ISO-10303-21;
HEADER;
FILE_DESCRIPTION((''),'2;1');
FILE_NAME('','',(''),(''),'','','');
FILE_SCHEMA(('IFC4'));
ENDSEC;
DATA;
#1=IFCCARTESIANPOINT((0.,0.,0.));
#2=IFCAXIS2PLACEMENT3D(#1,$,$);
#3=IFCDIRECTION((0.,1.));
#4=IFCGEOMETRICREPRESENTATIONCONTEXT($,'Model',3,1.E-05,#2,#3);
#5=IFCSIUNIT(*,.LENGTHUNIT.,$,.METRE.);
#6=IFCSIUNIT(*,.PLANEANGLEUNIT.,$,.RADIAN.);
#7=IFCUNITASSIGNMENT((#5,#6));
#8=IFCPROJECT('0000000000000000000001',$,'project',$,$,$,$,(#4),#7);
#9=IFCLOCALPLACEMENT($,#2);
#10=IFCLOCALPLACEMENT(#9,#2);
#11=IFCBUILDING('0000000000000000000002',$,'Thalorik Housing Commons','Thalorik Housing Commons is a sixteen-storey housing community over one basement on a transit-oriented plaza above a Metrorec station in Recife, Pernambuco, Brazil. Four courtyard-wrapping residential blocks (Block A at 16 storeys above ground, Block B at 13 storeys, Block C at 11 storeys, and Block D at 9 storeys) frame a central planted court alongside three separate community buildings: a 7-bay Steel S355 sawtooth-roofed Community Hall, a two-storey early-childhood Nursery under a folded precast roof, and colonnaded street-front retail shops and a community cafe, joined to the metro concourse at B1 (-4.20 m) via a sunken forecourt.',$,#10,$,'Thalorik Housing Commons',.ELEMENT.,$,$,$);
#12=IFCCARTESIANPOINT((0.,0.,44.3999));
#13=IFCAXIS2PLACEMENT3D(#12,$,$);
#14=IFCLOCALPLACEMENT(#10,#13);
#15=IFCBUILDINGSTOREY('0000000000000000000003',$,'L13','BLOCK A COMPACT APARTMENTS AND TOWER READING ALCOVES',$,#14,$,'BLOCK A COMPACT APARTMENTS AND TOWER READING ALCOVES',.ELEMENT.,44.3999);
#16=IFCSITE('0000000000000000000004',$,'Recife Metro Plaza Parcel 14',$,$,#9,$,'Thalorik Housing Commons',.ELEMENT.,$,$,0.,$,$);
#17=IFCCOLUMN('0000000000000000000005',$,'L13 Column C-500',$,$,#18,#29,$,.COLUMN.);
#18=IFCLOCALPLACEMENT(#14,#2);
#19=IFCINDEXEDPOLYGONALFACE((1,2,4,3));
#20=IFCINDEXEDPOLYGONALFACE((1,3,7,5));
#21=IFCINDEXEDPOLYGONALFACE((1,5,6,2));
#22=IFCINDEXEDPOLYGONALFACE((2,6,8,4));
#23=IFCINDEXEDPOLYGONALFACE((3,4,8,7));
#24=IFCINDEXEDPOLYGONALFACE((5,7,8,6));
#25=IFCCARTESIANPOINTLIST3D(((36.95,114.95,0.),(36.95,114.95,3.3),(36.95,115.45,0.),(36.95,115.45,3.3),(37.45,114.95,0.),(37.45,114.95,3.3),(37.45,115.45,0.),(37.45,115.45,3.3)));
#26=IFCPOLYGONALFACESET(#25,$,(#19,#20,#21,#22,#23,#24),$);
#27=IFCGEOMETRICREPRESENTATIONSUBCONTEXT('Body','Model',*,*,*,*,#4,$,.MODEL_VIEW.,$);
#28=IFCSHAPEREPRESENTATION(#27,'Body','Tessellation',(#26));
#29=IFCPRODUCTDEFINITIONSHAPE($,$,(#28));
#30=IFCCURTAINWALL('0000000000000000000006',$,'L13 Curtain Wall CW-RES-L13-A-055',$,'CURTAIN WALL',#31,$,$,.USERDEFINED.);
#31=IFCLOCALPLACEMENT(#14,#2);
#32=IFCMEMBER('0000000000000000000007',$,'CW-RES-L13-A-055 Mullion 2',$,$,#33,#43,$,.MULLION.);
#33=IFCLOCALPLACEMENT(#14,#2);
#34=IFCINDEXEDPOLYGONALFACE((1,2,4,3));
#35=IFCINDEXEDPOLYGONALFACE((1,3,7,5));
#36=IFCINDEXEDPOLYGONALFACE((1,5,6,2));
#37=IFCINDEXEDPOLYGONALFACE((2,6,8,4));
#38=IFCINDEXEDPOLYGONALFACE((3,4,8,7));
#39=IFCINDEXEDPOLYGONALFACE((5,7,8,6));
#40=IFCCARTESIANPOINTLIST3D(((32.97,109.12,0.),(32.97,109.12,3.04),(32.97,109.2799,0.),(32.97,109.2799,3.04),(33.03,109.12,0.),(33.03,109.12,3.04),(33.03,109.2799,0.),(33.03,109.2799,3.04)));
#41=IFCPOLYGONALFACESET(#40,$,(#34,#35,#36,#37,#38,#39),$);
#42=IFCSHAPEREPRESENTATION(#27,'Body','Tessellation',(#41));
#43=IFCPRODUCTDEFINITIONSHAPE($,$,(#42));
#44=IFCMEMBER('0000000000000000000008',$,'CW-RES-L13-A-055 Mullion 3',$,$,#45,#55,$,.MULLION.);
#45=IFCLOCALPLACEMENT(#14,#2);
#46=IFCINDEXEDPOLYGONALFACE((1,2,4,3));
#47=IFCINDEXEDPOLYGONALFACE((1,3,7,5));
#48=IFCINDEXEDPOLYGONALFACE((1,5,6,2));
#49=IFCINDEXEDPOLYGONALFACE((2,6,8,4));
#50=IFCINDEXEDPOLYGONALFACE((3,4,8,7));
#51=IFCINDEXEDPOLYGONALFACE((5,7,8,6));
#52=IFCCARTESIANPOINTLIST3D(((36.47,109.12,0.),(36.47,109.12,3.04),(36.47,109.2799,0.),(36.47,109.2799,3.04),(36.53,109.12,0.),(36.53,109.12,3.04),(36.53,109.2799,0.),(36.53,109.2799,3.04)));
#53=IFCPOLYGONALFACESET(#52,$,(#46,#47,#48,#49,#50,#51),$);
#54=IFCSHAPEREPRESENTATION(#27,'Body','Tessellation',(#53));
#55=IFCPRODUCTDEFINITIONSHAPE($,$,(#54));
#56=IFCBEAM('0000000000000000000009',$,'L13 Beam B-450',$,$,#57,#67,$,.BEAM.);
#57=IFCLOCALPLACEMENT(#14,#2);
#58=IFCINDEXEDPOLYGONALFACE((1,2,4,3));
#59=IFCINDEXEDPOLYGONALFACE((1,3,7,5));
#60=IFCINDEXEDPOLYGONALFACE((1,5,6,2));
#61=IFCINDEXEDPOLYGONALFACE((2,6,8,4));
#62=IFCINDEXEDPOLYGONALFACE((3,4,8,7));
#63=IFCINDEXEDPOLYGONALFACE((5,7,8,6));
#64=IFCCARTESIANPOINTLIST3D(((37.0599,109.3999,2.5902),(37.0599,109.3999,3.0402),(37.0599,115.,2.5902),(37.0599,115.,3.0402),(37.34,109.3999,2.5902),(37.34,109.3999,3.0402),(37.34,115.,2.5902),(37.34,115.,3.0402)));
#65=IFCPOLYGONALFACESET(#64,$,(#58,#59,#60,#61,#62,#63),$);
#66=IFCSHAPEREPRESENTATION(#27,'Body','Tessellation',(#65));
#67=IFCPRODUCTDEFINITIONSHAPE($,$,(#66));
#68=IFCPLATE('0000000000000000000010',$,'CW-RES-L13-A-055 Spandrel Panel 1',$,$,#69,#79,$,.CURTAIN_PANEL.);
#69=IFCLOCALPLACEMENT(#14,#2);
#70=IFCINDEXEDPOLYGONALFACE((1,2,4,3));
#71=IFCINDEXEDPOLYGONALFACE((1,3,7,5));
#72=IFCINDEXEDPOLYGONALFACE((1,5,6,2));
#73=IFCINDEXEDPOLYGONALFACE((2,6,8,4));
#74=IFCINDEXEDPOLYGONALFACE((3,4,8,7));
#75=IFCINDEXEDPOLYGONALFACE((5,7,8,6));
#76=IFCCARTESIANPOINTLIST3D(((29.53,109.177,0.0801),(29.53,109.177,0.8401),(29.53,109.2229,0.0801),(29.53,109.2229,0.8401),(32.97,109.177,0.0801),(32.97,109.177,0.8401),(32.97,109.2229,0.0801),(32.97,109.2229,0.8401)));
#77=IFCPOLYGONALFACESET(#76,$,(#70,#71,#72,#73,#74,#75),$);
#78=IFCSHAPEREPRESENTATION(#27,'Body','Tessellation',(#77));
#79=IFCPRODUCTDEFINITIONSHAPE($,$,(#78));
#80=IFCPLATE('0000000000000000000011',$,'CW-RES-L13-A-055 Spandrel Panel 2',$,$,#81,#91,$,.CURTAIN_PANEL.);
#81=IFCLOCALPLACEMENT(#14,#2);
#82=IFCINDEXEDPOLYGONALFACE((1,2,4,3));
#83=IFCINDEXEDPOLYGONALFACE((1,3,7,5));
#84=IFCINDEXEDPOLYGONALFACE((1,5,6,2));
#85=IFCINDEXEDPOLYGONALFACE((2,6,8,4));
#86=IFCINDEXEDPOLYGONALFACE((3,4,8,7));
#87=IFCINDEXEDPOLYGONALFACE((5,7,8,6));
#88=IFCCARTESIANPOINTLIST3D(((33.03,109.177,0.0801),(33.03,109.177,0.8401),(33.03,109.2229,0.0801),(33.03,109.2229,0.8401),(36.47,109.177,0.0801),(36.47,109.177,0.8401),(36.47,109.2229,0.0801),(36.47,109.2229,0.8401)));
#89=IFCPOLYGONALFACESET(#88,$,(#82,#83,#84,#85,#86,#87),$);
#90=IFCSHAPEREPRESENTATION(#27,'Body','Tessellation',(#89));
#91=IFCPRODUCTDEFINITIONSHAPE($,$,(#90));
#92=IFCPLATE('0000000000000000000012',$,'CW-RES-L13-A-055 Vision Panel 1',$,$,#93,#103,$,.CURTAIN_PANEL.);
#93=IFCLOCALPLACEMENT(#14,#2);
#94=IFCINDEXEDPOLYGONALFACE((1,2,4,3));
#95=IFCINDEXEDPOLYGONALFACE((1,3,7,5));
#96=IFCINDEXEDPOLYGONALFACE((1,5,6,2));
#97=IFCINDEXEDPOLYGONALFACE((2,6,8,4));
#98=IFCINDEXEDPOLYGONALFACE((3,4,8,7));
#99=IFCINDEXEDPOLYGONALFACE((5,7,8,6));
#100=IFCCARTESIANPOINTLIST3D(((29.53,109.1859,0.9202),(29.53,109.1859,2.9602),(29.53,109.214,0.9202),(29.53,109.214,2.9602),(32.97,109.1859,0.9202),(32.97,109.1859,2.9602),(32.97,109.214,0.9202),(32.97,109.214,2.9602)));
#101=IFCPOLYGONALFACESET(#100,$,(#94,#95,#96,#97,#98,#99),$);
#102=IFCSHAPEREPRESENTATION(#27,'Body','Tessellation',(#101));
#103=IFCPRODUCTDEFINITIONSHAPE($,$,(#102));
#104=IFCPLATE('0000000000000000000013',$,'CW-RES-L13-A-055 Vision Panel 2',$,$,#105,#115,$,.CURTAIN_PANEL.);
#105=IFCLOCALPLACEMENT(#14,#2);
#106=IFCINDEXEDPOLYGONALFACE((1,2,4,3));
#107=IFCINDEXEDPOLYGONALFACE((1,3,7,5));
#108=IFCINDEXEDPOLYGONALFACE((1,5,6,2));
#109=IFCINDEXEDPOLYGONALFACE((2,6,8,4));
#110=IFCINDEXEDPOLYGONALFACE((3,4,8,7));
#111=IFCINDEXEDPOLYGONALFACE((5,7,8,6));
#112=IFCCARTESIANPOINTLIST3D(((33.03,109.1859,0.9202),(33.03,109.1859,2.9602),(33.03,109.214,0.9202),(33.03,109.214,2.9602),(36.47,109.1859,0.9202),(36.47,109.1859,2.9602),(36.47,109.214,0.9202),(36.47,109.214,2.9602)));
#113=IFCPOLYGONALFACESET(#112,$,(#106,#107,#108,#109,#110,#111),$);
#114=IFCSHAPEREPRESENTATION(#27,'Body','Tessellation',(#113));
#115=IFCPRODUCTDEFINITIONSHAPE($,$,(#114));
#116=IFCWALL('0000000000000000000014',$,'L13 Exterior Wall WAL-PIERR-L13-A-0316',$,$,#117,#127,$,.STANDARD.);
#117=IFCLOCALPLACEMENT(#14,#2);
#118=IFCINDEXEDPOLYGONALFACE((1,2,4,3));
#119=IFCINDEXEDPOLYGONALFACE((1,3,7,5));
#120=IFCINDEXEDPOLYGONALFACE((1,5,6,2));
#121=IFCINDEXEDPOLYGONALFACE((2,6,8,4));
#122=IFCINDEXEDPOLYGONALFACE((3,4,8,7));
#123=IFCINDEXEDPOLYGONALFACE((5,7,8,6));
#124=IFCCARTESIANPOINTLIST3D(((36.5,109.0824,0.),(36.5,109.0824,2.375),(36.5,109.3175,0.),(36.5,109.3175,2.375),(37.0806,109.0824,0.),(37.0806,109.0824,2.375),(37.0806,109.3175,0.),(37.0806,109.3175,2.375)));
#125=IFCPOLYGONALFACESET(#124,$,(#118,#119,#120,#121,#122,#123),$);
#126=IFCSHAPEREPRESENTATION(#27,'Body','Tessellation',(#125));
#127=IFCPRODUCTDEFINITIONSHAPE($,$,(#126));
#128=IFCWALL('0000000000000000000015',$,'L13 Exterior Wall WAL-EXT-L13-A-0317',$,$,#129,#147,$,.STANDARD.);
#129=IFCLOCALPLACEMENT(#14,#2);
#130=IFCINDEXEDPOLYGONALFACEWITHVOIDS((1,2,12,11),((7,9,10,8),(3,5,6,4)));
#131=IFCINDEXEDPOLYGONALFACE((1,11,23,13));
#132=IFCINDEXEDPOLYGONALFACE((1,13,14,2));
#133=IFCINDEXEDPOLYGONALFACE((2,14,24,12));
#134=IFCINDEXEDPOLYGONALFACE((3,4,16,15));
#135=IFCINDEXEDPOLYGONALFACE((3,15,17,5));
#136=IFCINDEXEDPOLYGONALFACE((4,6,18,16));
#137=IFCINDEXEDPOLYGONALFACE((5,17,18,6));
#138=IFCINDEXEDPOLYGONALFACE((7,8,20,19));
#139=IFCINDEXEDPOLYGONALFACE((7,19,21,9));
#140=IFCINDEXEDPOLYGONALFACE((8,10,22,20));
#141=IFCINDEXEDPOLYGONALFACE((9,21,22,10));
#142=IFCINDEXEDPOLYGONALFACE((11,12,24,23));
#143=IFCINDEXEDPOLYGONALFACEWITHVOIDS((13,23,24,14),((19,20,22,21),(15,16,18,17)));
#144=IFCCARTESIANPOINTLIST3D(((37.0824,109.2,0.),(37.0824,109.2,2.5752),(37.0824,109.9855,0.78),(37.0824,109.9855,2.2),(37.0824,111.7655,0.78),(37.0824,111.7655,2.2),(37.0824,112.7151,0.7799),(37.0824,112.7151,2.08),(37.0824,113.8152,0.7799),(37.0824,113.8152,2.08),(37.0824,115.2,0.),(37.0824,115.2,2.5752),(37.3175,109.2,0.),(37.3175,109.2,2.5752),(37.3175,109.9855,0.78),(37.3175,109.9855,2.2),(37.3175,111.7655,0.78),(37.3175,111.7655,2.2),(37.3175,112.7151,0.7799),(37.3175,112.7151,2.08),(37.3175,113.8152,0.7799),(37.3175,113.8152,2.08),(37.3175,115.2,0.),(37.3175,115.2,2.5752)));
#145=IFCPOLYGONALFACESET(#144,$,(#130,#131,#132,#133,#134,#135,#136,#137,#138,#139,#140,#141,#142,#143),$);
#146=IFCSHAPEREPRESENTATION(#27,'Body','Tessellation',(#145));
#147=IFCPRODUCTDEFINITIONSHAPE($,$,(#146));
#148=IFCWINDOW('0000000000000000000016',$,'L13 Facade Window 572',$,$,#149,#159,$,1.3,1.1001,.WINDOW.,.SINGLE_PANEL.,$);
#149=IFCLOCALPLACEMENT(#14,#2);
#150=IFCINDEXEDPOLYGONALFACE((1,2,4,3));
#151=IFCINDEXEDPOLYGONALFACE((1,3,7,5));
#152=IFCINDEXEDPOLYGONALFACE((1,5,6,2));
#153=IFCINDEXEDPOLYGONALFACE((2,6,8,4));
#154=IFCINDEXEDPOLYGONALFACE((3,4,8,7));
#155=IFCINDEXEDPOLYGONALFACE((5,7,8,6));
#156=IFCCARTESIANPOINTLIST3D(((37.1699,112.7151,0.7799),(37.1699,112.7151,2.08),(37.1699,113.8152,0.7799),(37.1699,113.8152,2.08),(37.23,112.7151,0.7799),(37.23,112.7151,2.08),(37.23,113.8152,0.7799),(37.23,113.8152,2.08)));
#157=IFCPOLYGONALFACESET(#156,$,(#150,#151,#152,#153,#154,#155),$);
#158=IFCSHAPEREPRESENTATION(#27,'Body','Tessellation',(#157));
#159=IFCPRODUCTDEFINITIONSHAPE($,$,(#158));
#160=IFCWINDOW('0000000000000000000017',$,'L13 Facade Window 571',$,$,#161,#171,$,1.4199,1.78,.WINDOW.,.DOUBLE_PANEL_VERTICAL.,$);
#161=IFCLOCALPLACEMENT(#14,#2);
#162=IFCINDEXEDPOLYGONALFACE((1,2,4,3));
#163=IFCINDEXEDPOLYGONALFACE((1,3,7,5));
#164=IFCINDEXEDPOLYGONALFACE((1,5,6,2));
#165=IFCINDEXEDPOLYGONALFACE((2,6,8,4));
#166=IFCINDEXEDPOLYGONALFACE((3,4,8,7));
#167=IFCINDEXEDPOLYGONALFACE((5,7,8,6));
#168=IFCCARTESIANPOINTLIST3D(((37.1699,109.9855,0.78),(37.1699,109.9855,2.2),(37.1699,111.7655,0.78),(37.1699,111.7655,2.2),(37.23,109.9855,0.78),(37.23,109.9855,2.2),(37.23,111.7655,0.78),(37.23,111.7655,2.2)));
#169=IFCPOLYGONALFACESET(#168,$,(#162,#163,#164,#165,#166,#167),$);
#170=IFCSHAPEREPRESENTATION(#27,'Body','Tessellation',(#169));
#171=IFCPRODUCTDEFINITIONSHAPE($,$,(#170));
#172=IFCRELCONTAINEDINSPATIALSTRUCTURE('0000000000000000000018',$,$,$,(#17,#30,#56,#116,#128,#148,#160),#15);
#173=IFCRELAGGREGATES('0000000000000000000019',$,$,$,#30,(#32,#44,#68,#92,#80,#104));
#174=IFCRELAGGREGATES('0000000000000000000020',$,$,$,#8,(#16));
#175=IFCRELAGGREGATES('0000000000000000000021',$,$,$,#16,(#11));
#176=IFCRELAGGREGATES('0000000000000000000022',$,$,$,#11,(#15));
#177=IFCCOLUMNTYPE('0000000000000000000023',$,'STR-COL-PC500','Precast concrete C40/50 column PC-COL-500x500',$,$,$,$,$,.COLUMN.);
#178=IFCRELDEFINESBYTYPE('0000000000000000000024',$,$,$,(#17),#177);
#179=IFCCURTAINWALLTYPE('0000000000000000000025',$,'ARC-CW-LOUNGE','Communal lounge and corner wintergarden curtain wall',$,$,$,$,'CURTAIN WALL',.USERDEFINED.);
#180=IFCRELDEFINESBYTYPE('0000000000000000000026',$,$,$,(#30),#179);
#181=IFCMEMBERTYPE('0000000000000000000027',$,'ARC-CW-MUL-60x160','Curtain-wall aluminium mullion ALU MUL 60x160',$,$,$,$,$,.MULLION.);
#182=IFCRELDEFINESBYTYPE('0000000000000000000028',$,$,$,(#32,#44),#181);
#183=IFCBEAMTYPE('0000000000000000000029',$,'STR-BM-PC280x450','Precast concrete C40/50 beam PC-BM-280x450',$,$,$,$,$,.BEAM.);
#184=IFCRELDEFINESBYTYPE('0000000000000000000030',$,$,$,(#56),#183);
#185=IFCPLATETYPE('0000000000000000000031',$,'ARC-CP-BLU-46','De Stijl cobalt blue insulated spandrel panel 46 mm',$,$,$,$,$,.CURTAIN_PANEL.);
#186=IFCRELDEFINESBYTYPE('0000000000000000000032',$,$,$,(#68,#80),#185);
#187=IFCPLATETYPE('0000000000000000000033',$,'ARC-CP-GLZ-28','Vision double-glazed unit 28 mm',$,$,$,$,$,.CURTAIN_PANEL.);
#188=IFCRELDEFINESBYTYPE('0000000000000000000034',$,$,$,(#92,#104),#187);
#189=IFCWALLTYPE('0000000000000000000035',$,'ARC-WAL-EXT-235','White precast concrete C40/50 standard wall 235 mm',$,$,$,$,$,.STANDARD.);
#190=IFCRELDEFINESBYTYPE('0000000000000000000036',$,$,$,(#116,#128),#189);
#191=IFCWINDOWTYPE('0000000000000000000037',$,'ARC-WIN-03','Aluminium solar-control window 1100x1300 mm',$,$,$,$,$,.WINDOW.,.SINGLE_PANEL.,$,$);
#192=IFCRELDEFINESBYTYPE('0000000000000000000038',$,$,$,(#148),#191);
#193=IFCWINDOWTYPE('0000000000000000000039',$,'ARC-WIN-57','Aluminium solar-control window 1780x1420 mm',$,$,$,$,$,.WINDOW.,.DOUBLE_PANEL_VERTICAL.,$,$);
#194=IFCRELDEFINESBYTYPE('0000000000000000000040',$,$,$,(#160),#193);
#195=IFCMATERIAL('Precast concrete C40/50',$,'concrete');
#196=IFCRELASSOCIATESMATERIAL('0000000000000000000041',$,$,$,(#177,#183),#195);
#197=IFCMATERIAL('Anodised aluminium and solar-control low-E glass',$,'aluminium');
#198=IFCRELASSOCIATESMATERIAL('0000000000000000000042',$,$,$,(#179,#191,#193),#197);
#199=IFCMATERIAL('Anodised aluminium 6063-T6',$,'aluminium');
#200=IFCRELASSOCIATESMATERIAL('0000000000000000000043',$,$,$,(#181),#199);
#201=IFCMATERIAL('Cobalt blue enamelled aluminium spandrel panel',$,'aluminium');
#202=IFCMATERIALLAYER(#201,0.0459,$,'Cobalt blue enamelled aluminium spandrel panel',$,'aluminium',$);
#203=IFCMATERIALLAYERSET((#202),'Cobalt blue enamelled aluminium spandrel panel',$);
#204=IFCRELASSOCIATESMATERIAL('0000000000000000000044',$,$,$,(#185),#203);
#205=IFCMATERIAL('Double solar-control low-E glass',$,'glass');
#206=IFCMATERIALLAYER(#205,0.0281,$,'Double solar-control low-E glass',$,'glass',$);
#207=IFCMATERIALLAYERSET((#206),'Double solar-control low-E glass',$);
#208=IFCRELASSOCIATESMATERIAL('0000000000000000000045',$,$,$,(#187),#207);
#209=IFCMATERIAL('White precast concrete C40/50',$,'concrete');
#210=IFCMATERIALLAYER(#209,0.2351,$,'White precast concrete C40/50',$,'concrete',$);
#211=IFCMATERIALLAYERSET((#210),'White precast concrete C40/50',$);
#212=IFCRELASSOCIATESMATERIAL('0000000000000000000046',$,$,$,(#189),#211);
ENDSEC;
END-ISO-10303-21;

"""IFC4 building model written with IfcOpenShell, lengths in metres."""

from ifc_helpers import new_model, si_unit, direction, frame, frame_2d, origin, origin_2d, place, context, subcontext, project, spatial, rectangle, extrude, material, layer, layer_set, material_profile, profile_set, type_object, element, fill, aggregate, save


model = new_model("IFC4")

# Units and contexts
model_context = context("Model", 3, precision=1e-05, world=origin(), true_north=direction((0.0, 1.0)))
body_context = subcontext(model_context, "Body", "Model", "MODEL_VIEW")
ifc_project = project(units=[si_unit("LENGTHUNIT", "METRE"), si_unit("PLANEANGLEUNIT", "RADIAN")], contexts=[model_context])

# Site, building, storey
site_placement = place(None, origin())
site = spatial("IfcSite", under=ifc_project, at=site_placement, Name="Recife Metro Plaza Parcel 14", LongName="Thalorik Housing Commons", CompositionType="ELEMENT", RefElevation=0.0)
building_placement = place(site_placement, origin())
building = spatial("IfcBuilding", under=site, at=building_placement, Name="Thalorik Housing Commons", Description="Thalorik Housing Commons is a sixteen-storey housing community over one basement on a transit-oriented plaza above a Metrorec station in Recife, Pernambuco, Brazil. Four courtyard-wrapping residential blocks (Block A at 16 storeys above ground, Block B at 13 storeys, Block C at 11 storeys, and Block D at 9 storeys) frame a central planted court alongside three separate community buildings: a 7-bay Steel S355 sawtooth-roofed Community Hall, a two-storey early-childhood Nursery under a folded precast roof, and colonnaded street-front retail shops and a community cafe, joined to the metro concourse at B1 (-4.20 m) via a sunken forecourt.", LongName="Thalorik Housing Commons", CompositionType="ELEMENT")
storey_placement = place(building_placement, frame((0.0, 0.0, 44.3999)))
storey = spatial("IfcBuildingStorey", under=building, at=storey_placement, Name="L13", Description="BLOCK A COMPACT APARTMENTS AND TOWER READING ALCOVES", LongName="BLOCK A COMPACT APARTMENTS AND TOWER READING ALCOVES", CompositionType="ELEMENT", Elevation=44.3999)

# Column
ifc_material_1 = material(Name="Precast concrete C40/50", Category="concrete")
ifc_material_profile_1 = material_profile(ifc_material_1, rectangle(XDim=0.5, YDim=0.5, at=origin_2d()), Name="PC 500x500", Category="concrete")
ifc_profile_set_1 = profile_set([ifc_material_profile_1], Name="Precast concrete C40/50")
column_type = type_object("IfcColumnType", Name="STR-COL-PC500", Description="Precast concrete C40/50 column PC-COL-500x500", PredefinedType="COLUMN", material=ifc_profile_set_1)
column_placement = place(storey_placement, frame((37.2, 115.2, 0.0), z_axis=(0.0, 0.0, 1.0), x_axis=(1.0, 0.0, 0.0)))
element("IfcColumn", 1, at=column_placement, inside=storey, type_object=column_type, Name="L13 Column C-500", PredefinedType="COLUMN", context=body_context, shape_type="SweptSolid", body=[
    extrude(rectangle(XDim=0.5, YDim=0.5, at=origin_2d()), origin(), (0.0, 0.0, 1.0), 3.3),
])

# Curtain wall, members
ifc_material_2 = material(Name="Anodised aluminium and solar-control low-E glass", Category="aluminium")
curtain_wall_type = type_object("IfcCurtainWallType", Name="ARC-CW-LOUNGE", Description="Communal lounge and corner wintergarden curtain wall", ElementType="CURTAIN WALL", PredefinedType="USERDEFINED", material=ifc_material_2)
curtain_wall_placement = place(storey_placement, origin())
curtain_wall = element("IfcCurtainWall", 2, at=curtain_wall_placement, inside=storey, type_object=curtain_wall_type, Name="L13 Curtain Wall CW-RES-L13-A-055", ObjectType="CURTAIN WALL", PredefinedType="USERDEFINED")
ifc_material_3 = material(Name="Anodised aluminium 6063-T6", Category="aluminium")
ifc_material_profile_2 = material_profile(ifc_material_3, rectangle(XDim=0.0601, YDim=0.1599, at=origin_2d()), Name="ALU MUL 60x160", Category="aluminium")
ifc_profile_set_2 = profile_set([ifc_material_profile_2], Name="Anodised aluminium 6063-T6")
member_type = type_object("IfcMemberType", Name="ARC-CW-MUL-60x160", Description="Curtain-wall aluminium mullion ALU MUL 60x160", PredefinedType="MULLION", material=ifc_profile_set_2)
member_1_placement = place(storey_placement, frame((33.0, 109.2, 0.0), z_axis=(0.0, 0.0, 1.0), x_axis=(1.0, 0.0, 0.0)))
member_1 = element("IfcMember", 3, at=member_1_placement, type_object=member_type, Name="CW-RES-L13-A-055 Mullion 2", PredefinedType="MULLION", context=body_context, shape_type="SweptSolid", body=[
    extrude(rectangle(XDim=0.0601, YDim=0.1599, at=origin_2d()), origin(), (0.0, 0.0, 1.0), 3.04),
])
member_2_placement = place(storey_placement, frame((36.5, 109.2, 0.0), z_axis=(0.0, 0.0, 1.0), x_axis=(1.0, 0.0, 0.0)))
member_2 = element("IfcMember", 4, at=member_2_placement, type_object=member_type, Name="CW-RES-L13-A-055 Mullion 3", PredefinedType="MULLION", context=body_context, shape_type="SweptSolid", body=[
    extrude(rectangle(XDim=0.0601, YDim=0.1599, at=origin_2d()), origin(), (0.0, 0.0, 1.0), 3.04),
])

# Beam
ifc_material_profile_3 = material_profile(ifc_material_1, rectangle(XDim=0.28, YDim=0.45, at=origin_2d()), Name="PC 280x450", Category="concrete")
ifc_profile_set_3 = profile_set([ifc_material_profile_3], Name="Precast concrete C40/50")
beam_type = type_object("IfcBeamType", Name="STR-BM-PC280x450", Description="Precast concrete C40/50 beam PC-BM-280x450", PredefinedType="BEAM", material=ifc_profile_set_3)
beam_placement = place(storey_placement, frame((37.2, 109.3999, 2.8152), z_axis=(0.0, 1.0, 0.0), x_axis=(-1.0, 0.0, 0.0)))
element("IfcBeam", 5, at=beam_placement, inside=storey, type_object=beam_type, Name="L13 Beam B-450", PredefinedType="BEAM", context=body_context, shape_type="SweptSolid", body=[
    extrude(rectangle(XDim=0.28, YDim=0.45, at=origin_2d()), origin(), (0.0, 0.0, 1.0), 5.6001),
])

# Plates
ifc_material_4 = material(Name="Cobalt blue enamelled aluminium spandrel panel", Category="aluminium")
ifc_layer_1 = layer(ifc_material_4, 0.0459, Name="Cobalt blue enamelled aluminium spandrel panel", Category="aluminium")
ifc_layer_set_1 = layer_set([ifc_layer_1], Name="Cobalt blue enamelled aluminium spandrel panel")
plate_type_1 = type_object("IfcPlateType", Name="ARC-CP-BLU-46", Description="De Stijl cobalt blue insulated spandrel panel 46 mm", PredefinedType="CURTAIN_PANEL", material=ifc_layer_set_1)
plate_1_placement = place(storey_placement, frame((31.25, 109.2, 0.0801), z_axis=(0.0, 0.0, 1.0), x_axis=(1.0, 0.0, 0.0)))
plate_1 = element("IfcPlate", 6, at=plate_1_placement, type_object=plate_type_1, Name="CW-RES-L13-A-055 Spandrel Panel 1", PredefinedType="CURTAIN_PANEL", context=body_context, shape_type="SweptSolid", body=[
    extrude(rectangle(XDim=3.4399, YDim=0.0459, at=origin_2d()), origin(), (0.0, 0.0, 1.0), 0.76),
])
plate_2_placement = place(storey_placement, frame((34.75, 109.2, 0.0801), z_axis=(0.0, 0.0, 1.0), x_axis=(1.0, 0.0, 0.0)))
plate_2 = element("IfcPlate", 7, at=plate_2_placement, type_object=plate_type_1, Name="CW-RES-L13-A-055 Spandrel Panel 2", PredefinedType="CURTAIN_PANEL", context=body_context, shape_type="SweptSolid", body=[
    extrude(rectangle(XDim=3.4399, YDim=0.0459, at=origin_2d()), origin(), (0.0, 0.0, 1.0), 0.76),
])
ifc_material_5 = material(Name="Double solar-control low-E glass", Category="glass")
ifc_layer_2 = layer(ifc_material_5, 0.0281, Name="Double solar-control low-E glass", Category="glass")
ifc_layer_set_2 = layer_set([ifc_layer_2], Name="Double solar-control low-E glass")
plate_type_2 = type_object("IfcPlateType", Name="ARC-CP-GLZ-28", Description="Vision double-glazed unit 28 mm", PredefinedType="CURTAIN_PANEL", material=ifc_layer_set_2)
plate_3_placement = place(storey_placement, frame((31.25, 109.2, 0.9202), z_axis=(0.0, 0.0, 1.0), x_axis=(1.0, 0.0, 0.0)))
plate_3 = element("IfcPlate", 8, at=plate_3_placement, type_object=plate_type_2, Name="CW-RES-L13-A-055 Vision Panel 1", PredefinedType="CURTAIN_PANEL", context=body_context, shape_type="SweptSolid", body=[
    extrude(rectangle(XDim=3.4399, YDim=0.0281, at=origin_2d()), origin(), (0.0, 0.0, 1.0), 2.04),
])
plate_4_placement = place(storey_placement, frame((34.75, 109.2, 0.9202), z_axis=(0.0, 0.0, 1.0), x_axis=(1.0, 0.0, 0.0)))
plate_4 = element("IfcPlate", 9, at=plate_4_placement, type_object=plate_type_2, Name="CW-RES-L13-A-055 Vision Panel 2", PredefinedType="CURTAIN_PANEL", context=body_context, shape_type="SweptSolid", body=[
    extrude(rectangle(XDim=3.4399, YDim=0.0281, at=origin_2d()), origin(), (0.0, 0.0, 1.0), 2.04),
])
aggregate(curtain_wall, [member_1, member_2, plate_1, plate_3, plate_2, plate_4])

# Wall
ifc_material_6 = material(Name="White precast concrete C40/50", Category="concrete")
ifc_layer_3 = layer(ifc_material_6, 0.2351, Name="White precast concrete C40/50", Category="concrete")
ifc_layer_set_3 = layer_set([ifc_layer_3], Name="White precast concrete C40/50")
wall_type = type_object("IfcWallType", Name="ARC-WAL-EXT-235", Description="White precast concrete C40/50 standard wall 235 mm", PredefinedType="STANDARD", material=ifc_layer_set_3)
wall_1_placement = place(storey_placement, frame((36.5, 109.2, 0.0), z_axis=(0.0, 0.0, 1.0), x_axis=(1.0, 0.0, 0.0)))
element("IfcWall", 10, at=wall_1_placement, inside=storey, type_object=wall_type, Name="L13 Exterior Wall WAL-PIERR-L13-A-0316", PredefinedType="STANDARD", context=body_context, shape_type="SweptSolid", body=[
    extrude(rectangle(XDim=0.5806, YDim=0.2351, at=frame_2d((0.2903, 0.0))), origin(), (0.0, 0.0, 1.0), 2.375),
])

# Wall, openings, windows
wall_2_placement = place(storey_placement, frame((37.2, 109.2, 0.0), z_axis=(0.0, 0.0, 1.0), x_axis=(0.0, 1.0, 0.0)))
wall_2 = element("IfcWall", 11, at=wall_2_placement, inside=storey, type_object=wall_type, Name="L13 Exterior Wall WAL-EXT-L13-A-0317", PredefinedType="STANDARD", context=body_context, shape_type="SweptSolid", body=[
    extrude(rectangle(XDim=6.0, YDim=0.2351, at=frame_2d((3.0, 0.0))), origin(), (0.0, 0.0, 1.0), 2.5752),
])
opening_1_placement = place(wall_2_placement, frame((0.7854, 0.0, 0.78)))
opening_1 = element("IfcOpeningElement", 12, at=opening_1_placement, cuts=wall_2, PredefinedType="OPENING", context=body_context, shape_type="SweptSolid", body=[
    extrude(rectangle(XDim=1.78, YDim=1.4199, at=frame_2d((0.8901, 0.71))), frame((0.0, 0.1274, 0.0), z_axis=(0.0, -1.0, 0.0), x_axis=(1.0, 0.0, 0.0)), (0.0, 0.0, 1.0), 0.2551),
])
opening_2_placement = place(wall_2_placement, frame((3.5151, 0.0, 0.78)))
opening_2 = element("IfcOpeningElement", 13, at=opening_2_placement, cuts=wall_2, PredefinedType="OPENING", context=body_context, shape_type="SweptSolid", body=[
    extrude(rectangle(XDim=1.1001, YDim=1.3, at=frame_2d((0.55, 0.6499))), frame((0.0, 0.1274, 0.0), z_axis=(0.0, -1.0, 0.0), x_axis=(1.0, 0.0, 0.0)), (0.0, 0.0, 1.0), 0.2551),
])
window_type_1 = type_object("IfcWindowType", Name="ARC-WIN-03", Description="Aluminium solar-control window 1100x1300 mm", PartitioningType="SINGLE_PANEL", PredefinedType="WINDOW", material=ifc_material_2)
window_1_placement = place(opening_2_placement, origin())
window_1 = element("IfcWindow", 14, at=window_1_placement, inside=storey, type_object=window_type_1, Name="L13 Facade Window 572", OverallHeight=1.3, OverallWidth=1.1001, PartitioningType="SINGLE_PANEL", PredefinedType="WINDOW", context=body_context, shape_type="SweptSolid", body=[
    extrude(rectangle(XDim=1.1001, YDim=1.3, at=frame_2d((0.55, 0.6499))), frame((0.0, 0.03, 0.0), z_axis=(0.0, -1.0, 0.0), x_axis=(1.0, 0.0, 0.0)), (0.0, 0.0, 1.0), 0.0601),
])
fill(opening_2, window_1)
window_type_2 = type_object("IfcWindowType", Name="ARC-WIN-57", Description="Aluminium solar-control window 1780x1420 mm", PartitioningType="DOUBLE_PANEL_VERTICAL", PredefinedType="WINDOW", material=ifc_material_2)
window_2_placement = place(opening_1_placement, origin())
window_2 = element("IfcWindow", 15, at=window_2_placement, inside=storey, type_object=window_type_2, Name="L13 Facade Window 571", OverallHeight=1.4199, OverallWidth=1.78, PartitioningType="DOUBLE_PANEL_VERTICAL", PredefinedType="WINDOW", context=body_context, shape_type="SweptSolid", body=[
    extrude(rectangle(XDim=1.78, YDim=1.4199, at=frame_2d((0.8901, 0.71))), frame((0.0, 0.03, 0.0), z_axis=(0.0, -1.0, 0.0), x_axis=(1.0, 0.0, 0.0)), (0.0, 0.0, 1.0), 0.0601),
])
fill(opening_1, window_2)

save(model, "model.ifc")
